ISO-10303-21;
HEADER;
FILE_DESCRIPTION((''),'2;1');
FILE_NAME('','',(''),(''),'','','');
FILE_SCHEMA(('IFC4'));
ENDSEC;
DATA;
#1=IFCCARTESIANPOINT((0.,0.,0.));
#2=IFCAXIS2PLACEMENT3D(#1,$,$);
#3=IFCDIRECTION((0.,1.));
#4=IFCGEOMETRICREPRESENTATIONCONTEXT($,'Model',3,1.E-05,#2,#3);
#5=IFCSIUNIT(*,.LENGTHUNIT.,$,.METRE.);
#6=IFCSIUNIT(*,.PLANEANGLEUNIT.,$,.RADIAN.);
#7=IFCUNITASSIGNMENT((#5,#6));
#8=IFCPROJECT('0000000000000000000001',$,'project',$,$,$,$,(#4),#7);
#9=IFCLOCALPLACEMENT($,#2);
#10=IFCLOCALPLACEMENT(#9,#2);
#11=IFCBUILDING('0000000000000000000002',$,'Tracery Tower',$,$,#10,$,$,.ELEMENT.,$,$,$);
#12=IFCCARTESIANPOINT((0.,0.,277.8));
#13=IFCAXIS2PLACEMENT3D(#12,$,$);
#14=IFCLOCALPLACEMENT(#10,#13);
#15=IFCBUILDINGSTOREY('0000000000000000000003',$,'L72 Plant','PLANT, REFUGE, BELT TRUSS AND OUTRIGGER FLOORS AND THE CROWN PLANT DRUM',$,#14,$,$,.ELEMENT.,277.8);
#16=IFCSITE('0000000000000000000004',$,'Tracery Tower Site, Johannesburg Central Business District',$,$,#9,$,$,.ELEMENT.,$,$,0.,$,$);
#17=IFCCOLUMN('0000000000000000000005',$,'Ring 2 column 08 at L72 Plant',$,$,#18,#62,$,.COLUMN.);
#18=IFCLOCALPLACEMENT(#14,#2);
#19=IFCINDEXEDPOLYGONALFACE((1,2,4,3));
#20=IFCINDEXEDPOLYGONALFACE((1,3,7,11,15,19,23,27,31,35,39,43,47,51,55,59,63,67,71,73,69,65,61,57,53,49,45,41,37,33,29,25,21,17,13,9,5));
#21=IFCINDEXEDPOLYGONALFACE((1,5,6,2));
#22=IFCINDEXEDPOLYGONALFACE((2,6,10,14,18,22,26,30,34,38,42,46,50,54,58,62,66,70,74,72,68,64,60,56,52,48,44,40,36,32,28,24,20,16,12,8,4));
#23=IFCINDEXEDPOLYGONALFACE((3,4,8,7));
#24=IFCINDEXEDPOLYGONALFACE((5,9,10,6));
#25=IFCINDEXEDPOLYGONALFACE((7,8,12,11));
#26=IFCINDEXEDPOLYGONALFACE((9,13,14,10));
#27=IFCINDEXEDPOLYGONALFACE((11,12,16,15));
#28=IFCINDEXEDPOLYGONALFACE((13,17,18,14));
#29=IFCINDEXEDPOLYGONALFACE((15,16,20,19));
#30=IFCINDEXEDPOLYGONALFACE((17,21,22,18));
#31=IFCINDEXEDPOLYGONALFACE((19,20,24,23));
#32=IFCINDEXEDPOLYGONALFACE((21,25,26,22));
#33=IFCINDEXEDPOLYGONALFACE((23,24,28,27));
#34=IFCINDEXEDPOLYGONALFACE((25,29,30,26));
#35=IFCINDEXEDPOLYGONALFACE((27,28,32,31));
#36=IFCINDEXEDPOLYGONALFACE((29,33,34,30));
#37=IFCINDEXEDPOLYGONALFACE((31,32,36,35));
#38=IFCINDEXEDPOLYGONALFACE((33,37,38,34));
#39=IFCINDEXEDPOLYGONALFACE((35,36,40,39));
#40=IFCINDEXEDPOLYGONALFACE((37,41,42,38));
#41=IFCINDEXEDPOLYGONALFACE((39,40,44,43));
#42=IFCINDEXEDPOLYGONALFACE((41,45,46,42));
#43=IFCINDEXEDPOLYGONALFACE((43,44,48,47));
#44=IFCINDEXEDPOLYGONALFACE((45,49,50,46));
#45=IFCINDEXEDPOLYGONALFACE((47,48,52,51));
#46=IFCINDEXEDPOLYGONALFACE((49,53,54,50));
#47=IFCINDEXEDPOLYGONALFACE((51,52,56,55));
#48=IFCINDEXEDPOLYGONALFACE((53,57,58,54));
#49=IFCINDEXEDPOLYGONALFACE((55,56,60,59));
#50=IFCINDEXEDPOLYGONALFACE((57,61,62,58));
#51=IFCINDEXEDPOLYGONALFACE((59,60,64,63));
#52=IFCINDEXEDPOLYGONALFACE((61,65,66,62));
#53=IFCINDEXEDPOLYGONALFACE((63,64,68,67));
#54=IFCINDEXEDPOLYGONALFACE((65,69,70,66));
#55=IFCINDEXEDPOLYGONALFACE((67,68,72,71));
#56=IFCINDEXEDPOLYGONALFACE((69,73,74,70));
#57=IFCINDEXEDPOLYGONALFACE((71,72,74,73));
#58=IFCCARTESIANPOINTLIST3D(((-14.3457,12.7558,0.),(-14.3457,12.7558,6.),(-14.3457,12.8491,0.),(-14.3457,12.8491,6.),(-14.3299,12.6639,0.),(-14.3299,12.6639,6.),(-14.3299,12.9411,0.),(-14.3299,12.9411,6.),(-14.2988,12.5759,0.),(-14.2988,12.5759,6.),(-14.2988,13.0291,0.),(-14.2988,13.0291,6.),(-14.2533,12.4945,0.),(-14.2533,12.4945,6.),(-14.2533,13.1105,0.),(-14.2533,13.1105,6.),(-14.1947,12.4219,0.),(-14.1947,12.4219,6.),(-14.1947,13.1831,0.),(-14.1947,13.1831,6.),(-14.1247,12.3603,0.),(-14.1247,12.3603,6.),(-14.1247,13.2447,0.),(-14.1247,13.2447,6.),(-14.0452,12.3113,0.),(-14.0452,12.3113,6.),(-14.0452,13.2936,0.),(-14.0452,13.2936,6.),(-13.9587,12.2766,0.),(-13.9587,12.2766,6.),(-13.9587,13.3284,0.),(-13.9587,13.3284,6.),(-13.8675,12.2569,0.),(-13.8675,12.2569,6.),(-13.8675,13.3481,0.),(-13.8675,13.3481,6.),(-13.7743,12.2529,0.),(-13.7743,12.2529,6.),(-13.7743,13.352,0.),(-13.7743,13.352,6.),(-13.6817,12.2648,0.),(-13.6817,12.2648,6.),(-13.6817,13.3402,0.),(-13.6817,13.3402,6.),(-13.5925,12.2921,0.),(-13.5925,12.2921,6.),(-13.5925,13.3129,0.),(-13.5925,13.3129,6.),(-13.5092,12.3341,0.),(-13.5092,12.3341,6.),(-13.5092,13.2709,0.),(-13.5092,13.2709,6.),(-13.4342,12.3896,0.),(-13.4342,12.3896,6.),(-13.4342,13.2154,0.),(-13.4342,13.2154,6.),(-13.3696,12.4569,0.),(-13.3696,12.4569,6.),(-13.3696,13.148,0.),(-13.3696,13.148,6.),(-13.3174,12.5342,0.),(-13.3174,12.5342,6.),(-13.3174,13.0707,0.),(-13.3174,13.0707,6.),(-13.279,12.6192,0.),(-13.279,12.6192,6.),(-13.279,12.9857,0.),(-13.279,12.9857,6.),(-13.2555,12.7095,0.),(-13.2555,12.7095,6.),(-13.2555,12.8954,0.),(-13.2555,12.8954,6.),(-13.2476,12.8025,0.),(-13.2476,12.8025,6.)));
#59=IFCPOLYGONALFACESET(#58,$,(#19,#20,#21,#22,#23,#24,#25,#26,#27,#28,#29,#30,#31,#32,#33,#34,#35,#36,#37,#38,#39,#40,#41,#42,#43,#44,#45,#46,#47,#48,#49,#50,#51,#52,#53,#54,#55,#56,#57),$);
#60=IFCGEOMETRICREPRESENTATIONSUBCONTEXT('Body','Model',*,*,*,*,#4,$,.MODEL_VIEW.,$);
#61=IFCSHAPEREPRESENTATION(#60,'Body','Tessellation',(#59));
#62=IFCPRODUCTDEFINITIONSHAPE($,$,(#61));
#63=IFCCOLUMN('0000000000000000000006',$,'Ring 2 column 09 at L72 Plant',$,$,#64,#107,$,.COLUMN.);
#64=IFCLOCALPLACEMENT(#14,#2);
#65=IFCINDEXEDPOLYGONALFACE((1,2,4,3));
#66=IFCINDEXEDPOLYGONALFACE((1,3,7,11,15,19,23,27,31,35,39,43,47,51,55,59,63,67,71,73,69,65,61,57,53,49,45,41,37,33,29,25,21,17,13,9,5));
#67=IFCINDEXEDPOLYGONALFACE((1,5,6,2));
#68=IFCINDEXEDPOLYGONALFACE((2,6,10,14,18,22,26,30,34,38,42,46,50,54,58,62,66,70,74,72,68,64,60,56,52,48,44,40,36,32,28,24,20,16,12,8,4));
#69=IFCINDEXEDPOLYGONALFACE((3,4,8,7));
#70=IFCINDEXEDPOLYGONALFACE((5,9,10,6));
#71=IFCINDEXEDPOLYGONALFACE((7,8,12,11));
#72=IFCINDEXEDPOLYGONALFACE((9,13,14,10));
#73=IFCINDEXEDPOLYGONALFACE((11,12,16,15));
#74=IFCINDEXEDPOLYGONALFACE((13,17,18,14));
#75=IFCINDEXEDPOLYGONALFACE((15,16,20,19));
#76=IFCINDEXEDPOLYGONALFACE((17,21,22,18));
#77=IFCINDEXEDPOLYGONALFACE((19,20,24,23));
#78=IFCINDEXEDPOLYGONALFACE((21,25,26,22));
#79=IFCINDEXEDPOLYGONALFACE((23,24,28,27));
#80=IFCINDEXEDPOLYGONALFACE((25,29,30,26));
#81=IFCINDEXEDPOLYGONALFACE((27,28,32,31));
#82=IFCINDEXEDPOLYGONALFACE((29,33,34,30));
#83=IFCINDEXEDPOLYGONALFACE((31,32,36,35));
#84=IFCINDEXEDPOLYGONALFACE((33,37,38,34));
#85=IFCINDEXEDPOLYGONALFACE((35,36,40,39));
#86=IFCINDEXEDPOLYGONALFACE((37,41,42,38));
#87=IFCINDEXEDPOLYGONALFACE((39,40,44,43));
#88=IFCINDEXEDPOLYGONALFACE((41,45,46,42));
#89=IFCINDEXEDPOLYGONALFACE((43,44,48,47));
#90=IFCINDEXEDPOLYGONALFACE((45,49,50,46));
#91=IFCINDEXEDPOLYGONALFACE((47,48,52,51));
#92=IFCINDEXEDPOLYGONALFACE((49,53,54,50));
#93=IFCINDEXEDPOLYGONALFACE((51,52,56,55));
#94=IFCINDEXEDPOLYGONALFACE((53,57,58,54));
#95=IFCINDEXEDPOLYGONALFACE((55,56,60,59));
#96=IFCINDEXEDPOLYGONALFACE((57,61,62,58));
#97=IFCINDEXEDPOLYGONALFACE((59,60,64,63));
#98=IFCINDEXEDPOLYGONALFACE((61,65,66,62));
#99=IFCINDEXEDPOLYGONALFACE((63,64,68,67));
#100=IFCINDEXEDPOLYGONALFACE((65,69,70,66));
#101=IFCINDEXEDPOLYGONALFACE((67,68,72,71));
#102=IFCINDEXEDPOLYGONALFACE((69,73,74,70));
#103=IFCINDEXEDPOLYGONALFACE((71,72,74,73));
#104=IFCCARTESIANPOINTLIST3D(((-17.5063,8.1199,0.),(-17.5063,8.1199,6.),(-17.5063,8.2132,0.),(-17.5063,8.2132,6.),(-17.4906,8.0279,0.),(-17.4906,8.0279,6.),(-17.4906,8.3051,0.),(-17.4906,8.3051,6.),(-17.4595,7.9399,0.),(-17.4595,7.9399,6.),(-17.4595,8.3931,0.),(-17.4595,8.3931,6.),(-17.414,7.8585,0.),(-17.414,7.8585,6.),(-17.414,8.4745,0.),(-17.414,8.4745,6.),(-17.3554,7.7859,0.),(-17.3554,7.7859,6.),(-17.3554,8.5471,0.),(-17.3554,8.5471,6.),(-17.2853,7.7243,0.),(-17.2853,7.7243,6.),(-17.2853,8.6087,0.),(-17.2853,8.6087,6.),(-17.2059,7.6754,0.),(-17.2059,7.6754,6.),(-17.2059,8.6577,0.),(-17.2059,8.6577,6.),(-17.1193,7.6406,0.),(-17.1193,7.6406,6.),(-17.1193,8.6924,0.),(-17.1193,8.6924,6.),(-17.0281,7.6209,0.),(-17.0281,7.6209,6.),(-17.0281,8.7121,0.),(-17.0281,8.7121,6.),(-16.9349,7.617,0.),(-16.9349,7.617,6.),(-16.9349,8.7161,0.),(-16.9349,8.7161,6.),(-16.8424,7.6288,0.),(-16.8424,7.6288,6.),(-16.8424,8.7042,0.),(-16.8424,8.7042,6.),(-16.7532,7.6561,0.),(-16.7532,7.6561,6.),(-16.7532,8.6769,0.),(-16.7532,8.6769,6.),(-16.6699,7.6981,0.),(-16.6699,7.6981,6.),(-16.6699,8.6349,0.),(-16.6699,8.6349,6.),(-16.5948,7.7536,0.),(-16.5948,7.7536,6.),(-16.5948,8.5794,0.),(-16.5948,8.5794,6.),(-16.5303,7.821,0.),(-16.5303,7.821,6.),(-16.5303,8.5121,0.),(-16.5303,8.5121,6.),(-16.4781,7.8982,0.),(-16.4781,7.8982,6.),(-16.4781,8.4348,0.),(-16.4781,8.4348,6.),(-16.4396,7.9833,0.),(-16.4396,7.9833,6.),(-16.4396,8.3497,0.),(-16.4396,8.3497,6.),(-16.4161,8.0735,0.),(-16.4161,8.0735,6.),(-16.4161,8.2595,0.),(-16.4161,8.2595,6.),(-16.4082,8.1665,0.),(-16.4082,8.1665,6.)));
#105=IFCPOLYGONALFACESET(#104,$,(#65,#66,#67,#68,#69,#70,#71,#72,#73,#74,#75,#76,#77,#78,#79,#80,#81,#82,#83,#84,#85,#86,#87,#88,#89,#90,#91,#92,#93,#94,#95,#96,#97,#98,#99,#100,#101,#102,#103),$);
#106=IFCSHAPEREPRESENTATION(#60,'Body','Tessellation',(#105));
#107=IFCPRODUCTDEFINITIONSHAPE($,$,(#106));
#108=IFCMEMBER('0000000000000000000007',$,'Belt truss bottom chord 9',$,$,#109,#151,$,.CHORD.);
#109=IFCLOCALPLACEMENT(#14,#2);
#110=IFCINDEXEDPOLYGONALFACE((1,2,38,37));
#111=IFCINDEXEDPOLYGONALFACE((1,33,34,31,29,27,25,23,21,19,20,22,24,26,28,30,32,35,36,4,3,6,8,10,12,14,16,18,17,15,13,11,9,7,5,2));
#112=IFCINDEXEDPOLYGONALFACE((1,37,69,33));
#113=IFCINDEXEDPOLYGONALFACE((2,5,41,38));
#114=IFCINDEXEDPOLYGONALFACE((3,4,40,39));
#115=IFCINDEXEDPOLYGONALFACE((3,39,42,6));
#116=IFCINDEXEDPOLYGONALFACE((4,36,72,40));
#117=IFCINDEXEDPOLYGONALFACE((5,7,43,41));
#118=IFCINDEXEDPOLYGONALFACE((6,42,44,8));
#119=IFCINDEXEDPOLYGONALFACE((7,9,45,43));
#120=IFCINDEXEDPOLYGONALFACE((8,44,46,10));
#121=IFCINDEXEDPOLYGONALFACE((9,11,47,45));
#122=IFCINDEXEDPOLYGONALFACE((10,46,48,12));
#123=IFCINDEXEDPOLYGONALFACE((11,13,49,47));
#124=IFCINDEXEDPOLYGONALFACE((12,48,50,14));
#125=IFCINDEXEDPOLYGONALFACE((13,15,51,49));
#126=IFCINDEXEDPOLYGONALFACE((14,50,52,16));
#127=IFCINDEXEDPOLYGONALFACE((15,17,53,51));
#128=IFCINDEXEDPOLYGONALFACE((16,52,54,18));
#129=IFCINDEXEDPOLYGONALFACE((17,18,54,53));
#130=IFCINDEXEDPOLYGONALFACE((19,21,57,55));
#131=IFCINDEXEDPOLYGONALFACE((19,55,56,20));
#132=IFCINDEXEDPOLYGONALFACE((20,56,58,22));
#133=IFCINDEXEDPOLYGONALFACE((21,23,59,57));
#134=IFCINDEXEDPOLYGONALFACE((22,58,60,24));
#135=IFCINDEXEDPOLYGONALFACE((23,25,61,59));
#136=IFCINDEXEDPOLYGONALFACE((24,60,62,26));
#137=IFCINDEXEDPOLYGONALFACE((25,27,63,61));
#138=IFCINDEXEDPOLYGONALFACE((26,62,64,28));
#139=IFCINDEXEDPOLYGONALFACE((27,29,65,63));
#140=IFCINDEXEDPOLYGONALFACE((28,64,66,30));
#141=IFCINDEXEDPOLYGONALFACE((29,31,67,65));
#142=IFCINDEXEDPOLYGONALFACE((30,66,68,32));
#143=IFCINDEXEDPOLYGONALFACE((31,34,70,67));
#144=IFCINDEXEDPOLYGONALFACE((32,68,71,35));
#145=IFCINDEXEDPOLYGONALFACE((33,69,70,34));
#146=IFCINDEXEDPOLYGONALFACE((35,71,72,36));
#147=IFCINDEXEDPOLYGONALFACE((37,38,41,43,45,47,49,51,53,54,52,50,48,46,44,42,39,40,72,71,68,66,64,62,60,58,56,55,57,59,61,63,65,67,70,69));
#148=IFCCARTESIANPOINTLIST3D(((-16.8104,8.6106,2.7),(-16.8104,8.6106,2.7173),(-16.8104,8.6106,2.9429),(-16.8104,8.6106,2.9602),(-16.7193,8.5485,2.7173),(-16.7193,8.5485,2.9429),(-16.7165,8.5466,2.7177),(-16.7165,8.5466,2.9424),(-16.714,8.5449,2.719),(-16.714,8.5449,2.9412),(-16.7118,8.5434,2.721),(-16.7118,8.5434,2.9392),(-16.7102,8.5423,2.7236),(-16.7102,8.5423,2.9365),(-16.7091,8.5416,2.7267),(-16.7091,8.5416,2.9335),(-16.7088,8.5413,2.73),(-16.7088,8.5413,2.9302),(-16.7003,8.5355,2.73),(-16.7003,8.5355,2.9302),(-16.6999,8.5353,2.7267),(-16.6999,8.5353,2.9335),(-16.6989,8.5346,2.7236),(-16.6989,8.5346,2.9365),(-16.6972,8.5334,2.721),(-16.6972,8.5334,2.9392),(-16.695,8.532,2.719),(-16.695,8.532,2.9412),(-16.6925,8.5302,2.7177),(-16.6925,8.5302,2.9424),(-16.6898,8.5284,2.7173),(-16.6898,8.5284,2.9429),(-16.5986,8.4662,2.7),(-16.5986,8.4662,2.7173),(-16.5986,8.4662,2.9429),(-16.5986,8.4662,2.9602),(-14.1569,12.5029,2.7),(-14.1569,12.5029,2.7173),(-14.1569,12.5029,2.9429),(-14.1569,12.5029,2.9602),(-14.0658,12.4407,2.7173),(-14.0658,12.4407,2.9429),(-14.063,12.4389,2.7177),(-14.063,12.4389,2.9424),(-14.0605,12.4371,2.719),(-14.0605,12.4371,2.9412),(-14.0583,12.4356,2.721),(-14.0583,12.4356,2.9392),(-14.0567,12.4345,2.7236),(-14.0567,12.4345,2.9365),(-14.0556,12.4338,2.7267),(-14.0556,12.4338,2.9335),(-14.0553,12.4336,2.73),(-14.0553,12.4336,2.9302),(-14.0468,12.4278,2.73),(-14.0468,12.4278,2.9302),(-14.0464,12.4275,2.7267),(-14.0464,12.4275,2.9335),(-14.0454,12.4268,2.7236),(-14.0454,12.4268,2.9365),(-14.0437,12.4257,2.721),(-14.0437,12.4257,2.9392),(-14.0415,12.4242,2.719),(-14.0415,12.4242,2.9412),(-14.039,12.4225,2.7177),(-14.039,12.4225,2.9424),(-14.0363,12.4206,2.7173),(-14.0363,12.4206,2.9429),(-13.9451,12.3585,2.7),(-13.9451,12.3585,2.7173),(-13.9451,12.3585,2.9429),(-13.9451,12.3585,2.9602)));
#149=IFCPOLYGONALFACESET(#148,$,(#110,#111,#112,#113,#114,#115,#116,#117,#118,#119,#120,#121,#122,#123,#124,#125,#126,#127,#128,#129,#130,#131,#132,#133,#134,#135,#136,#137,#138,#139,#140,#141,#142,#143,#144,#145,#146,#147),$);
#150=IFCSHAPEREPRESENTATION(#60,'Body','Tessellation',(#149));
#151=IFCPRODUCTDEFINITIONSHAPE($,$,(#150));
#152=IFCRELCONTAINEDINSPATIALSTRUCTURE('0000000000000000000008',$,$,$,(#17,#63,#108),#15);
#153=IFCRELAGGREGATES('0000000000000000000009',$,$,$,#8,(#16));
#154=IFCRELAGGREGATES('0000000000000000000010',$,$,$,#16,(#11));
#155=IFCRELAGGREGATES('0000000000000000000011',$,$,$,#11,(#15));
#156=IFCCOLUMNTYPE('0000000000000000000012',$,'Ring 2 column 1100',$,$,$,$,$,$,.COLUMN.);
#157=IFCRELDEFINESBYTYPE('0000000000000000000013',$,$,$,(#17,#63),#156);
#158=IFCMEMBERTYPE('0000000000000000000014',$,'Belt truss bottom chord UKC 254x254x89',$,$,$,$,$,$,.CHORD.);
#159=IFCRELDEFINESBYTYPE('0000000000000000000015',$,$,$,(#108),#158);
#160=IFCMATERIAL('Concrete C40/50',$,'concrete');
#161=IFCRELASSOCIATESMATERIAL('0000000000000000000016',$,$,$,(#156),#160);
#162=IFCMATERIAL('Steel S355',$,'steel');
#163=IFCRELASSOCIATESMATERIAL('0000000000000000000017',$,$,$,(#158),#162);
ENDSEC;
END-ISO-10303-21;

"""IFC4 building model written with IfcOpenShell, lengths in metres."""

from ifc_helpers import new_model, si_unit, direction, frame, origin, origin_2d, place, context, subcontext, project, spatial, circle, i_section, extrude, material, material_profile, profile_set, type_object, element, save


model = new_model("IFC4")

# Units and contexts
model_context = context("Model", 3, precision=1e-05, world=origin(), true_north=direction((0.0, 1.0)))
body_context = subcontext(model_context, "Body", "Model", "MODEL_VIEW")
ifc_project = project(units=[si_unit("LENGTHUNIT", "METRE"), si_unit("PLANEANGLEUNIT", "RADIAN")], contexts=[model_context])

# Site, building, storey
site_placement = place(None, origin())
site = spatial("IfcSite", under=ifc_project, at=site_placement, Name="Tracery Tower Site, Johannesburg Central Business District", CompositionType="ELEMENT", RefElevation=0.0)
building_placement = place(site_placement, origin())
building = spatial("IfcBuilding", under=site, at=building_placement, Name="Tracery Tower", CompositionType="ELEMENT")
storey_placement = place(building_placement, frame((0.0, 0.0, 277.8)))
storey = spatial("IfcBuildingStorey", under=building, at=storey_placement, Name="L72 Plant", Description="PLANT, REFUGE, BELT TRUSS AND OUTRIGGER FLOORS AND THE CROWN PLANT DRUM", CompositionType="ELEMENT", Elevation=277.8)

# Columns
ifc_material_1 = material(Name="Concrete C40/50", Category="concrete")
ifc_material_profile_1 = material_profile(ifc_material_1, circle(Radius=0.55, at=origin_2d()), Name="RC D1100")
ifc_profile_set_1 = profile_set([ifc_material_profile_1], Name="Concrete C40/50")
column_type = type_object("IfcColumnType", Name="Ring 2 column 1100", PredefinedType="COLUMN", material=ifc_profile_set_1)
for number, where, z_axis, x_axis, name in (
    (1, (-13.7976, 12.8025, 0.0), (0.0, 0.0, 1.0), (1.0, 0.0, 0.0), "Ring 2 column 08 at L72 Plant"),
    (2, (-16.9583, 8.1665, 0.0), (0.0, 0.0, 1.0), (1.0, 0.0, 0.0), "Ring 2 column 09 at L72 Plant"),
):
    element("IfcColumn", number, at=place(storey_placement, frame(where, z_axis=z_axis, x_axis=x_axis)), inside=storey, type_object=column_type, Name=name, PredefinedType="COLUMN", context=body_context, shape_type="SweptSolid", body=[
        extrude(circle(Radius=0.55, at=origin_2d()), origin(), (0.0, 0.0, 1.0), 6.0),
    ])

# Member
ifc_material_2 = material(Name="Steel S355", Category="steel")
ifc_material_profile_2 = material_profile(ifc_material_2, i_section(OverallWidth=0.2563, OverallDepth=0.2603, WebThickness=0.0103, FlangeThickness=0.0173, FilletRadius=0.0127, at=origin_2d()), Name="UKC 254x254x89")
ifc_profile_set_2 = profile_set([ifc_material_profile_2], Name="Steel S355")
member_type_1 = type_object("IfcMemberType", Name="Belt truss bottom chord UKC 254x254x89", PredefinedType="CHORD", material=ifc_profile_set_2)
member_1_placement = place(storey_placement, frame((-14.051, 12.4307, 2.8301), z_axis=(-0.563293, -0.826257, 0.0), x_axis=(0.826257, -0.563293, 0.0)))
element("IfcMember", 3, at=member_1_placement, inside=storey, type_object=member_type_1, Name="Belt truss bottom chord 9", PredefinedType="CHORD", context=body_context, shape_type="SweptSolid", body=[
    extrude(i_section(OverallWidth=0.2563, OverallDepth=0.2603, WebThickness=0.0103, FlangeThickness=0.0173, FilletRadius=0.0127, at=origin_2d()), origin(), (0.0, 0.0, 1.0), 4.7107),
])

save(model, "model.ifc")
